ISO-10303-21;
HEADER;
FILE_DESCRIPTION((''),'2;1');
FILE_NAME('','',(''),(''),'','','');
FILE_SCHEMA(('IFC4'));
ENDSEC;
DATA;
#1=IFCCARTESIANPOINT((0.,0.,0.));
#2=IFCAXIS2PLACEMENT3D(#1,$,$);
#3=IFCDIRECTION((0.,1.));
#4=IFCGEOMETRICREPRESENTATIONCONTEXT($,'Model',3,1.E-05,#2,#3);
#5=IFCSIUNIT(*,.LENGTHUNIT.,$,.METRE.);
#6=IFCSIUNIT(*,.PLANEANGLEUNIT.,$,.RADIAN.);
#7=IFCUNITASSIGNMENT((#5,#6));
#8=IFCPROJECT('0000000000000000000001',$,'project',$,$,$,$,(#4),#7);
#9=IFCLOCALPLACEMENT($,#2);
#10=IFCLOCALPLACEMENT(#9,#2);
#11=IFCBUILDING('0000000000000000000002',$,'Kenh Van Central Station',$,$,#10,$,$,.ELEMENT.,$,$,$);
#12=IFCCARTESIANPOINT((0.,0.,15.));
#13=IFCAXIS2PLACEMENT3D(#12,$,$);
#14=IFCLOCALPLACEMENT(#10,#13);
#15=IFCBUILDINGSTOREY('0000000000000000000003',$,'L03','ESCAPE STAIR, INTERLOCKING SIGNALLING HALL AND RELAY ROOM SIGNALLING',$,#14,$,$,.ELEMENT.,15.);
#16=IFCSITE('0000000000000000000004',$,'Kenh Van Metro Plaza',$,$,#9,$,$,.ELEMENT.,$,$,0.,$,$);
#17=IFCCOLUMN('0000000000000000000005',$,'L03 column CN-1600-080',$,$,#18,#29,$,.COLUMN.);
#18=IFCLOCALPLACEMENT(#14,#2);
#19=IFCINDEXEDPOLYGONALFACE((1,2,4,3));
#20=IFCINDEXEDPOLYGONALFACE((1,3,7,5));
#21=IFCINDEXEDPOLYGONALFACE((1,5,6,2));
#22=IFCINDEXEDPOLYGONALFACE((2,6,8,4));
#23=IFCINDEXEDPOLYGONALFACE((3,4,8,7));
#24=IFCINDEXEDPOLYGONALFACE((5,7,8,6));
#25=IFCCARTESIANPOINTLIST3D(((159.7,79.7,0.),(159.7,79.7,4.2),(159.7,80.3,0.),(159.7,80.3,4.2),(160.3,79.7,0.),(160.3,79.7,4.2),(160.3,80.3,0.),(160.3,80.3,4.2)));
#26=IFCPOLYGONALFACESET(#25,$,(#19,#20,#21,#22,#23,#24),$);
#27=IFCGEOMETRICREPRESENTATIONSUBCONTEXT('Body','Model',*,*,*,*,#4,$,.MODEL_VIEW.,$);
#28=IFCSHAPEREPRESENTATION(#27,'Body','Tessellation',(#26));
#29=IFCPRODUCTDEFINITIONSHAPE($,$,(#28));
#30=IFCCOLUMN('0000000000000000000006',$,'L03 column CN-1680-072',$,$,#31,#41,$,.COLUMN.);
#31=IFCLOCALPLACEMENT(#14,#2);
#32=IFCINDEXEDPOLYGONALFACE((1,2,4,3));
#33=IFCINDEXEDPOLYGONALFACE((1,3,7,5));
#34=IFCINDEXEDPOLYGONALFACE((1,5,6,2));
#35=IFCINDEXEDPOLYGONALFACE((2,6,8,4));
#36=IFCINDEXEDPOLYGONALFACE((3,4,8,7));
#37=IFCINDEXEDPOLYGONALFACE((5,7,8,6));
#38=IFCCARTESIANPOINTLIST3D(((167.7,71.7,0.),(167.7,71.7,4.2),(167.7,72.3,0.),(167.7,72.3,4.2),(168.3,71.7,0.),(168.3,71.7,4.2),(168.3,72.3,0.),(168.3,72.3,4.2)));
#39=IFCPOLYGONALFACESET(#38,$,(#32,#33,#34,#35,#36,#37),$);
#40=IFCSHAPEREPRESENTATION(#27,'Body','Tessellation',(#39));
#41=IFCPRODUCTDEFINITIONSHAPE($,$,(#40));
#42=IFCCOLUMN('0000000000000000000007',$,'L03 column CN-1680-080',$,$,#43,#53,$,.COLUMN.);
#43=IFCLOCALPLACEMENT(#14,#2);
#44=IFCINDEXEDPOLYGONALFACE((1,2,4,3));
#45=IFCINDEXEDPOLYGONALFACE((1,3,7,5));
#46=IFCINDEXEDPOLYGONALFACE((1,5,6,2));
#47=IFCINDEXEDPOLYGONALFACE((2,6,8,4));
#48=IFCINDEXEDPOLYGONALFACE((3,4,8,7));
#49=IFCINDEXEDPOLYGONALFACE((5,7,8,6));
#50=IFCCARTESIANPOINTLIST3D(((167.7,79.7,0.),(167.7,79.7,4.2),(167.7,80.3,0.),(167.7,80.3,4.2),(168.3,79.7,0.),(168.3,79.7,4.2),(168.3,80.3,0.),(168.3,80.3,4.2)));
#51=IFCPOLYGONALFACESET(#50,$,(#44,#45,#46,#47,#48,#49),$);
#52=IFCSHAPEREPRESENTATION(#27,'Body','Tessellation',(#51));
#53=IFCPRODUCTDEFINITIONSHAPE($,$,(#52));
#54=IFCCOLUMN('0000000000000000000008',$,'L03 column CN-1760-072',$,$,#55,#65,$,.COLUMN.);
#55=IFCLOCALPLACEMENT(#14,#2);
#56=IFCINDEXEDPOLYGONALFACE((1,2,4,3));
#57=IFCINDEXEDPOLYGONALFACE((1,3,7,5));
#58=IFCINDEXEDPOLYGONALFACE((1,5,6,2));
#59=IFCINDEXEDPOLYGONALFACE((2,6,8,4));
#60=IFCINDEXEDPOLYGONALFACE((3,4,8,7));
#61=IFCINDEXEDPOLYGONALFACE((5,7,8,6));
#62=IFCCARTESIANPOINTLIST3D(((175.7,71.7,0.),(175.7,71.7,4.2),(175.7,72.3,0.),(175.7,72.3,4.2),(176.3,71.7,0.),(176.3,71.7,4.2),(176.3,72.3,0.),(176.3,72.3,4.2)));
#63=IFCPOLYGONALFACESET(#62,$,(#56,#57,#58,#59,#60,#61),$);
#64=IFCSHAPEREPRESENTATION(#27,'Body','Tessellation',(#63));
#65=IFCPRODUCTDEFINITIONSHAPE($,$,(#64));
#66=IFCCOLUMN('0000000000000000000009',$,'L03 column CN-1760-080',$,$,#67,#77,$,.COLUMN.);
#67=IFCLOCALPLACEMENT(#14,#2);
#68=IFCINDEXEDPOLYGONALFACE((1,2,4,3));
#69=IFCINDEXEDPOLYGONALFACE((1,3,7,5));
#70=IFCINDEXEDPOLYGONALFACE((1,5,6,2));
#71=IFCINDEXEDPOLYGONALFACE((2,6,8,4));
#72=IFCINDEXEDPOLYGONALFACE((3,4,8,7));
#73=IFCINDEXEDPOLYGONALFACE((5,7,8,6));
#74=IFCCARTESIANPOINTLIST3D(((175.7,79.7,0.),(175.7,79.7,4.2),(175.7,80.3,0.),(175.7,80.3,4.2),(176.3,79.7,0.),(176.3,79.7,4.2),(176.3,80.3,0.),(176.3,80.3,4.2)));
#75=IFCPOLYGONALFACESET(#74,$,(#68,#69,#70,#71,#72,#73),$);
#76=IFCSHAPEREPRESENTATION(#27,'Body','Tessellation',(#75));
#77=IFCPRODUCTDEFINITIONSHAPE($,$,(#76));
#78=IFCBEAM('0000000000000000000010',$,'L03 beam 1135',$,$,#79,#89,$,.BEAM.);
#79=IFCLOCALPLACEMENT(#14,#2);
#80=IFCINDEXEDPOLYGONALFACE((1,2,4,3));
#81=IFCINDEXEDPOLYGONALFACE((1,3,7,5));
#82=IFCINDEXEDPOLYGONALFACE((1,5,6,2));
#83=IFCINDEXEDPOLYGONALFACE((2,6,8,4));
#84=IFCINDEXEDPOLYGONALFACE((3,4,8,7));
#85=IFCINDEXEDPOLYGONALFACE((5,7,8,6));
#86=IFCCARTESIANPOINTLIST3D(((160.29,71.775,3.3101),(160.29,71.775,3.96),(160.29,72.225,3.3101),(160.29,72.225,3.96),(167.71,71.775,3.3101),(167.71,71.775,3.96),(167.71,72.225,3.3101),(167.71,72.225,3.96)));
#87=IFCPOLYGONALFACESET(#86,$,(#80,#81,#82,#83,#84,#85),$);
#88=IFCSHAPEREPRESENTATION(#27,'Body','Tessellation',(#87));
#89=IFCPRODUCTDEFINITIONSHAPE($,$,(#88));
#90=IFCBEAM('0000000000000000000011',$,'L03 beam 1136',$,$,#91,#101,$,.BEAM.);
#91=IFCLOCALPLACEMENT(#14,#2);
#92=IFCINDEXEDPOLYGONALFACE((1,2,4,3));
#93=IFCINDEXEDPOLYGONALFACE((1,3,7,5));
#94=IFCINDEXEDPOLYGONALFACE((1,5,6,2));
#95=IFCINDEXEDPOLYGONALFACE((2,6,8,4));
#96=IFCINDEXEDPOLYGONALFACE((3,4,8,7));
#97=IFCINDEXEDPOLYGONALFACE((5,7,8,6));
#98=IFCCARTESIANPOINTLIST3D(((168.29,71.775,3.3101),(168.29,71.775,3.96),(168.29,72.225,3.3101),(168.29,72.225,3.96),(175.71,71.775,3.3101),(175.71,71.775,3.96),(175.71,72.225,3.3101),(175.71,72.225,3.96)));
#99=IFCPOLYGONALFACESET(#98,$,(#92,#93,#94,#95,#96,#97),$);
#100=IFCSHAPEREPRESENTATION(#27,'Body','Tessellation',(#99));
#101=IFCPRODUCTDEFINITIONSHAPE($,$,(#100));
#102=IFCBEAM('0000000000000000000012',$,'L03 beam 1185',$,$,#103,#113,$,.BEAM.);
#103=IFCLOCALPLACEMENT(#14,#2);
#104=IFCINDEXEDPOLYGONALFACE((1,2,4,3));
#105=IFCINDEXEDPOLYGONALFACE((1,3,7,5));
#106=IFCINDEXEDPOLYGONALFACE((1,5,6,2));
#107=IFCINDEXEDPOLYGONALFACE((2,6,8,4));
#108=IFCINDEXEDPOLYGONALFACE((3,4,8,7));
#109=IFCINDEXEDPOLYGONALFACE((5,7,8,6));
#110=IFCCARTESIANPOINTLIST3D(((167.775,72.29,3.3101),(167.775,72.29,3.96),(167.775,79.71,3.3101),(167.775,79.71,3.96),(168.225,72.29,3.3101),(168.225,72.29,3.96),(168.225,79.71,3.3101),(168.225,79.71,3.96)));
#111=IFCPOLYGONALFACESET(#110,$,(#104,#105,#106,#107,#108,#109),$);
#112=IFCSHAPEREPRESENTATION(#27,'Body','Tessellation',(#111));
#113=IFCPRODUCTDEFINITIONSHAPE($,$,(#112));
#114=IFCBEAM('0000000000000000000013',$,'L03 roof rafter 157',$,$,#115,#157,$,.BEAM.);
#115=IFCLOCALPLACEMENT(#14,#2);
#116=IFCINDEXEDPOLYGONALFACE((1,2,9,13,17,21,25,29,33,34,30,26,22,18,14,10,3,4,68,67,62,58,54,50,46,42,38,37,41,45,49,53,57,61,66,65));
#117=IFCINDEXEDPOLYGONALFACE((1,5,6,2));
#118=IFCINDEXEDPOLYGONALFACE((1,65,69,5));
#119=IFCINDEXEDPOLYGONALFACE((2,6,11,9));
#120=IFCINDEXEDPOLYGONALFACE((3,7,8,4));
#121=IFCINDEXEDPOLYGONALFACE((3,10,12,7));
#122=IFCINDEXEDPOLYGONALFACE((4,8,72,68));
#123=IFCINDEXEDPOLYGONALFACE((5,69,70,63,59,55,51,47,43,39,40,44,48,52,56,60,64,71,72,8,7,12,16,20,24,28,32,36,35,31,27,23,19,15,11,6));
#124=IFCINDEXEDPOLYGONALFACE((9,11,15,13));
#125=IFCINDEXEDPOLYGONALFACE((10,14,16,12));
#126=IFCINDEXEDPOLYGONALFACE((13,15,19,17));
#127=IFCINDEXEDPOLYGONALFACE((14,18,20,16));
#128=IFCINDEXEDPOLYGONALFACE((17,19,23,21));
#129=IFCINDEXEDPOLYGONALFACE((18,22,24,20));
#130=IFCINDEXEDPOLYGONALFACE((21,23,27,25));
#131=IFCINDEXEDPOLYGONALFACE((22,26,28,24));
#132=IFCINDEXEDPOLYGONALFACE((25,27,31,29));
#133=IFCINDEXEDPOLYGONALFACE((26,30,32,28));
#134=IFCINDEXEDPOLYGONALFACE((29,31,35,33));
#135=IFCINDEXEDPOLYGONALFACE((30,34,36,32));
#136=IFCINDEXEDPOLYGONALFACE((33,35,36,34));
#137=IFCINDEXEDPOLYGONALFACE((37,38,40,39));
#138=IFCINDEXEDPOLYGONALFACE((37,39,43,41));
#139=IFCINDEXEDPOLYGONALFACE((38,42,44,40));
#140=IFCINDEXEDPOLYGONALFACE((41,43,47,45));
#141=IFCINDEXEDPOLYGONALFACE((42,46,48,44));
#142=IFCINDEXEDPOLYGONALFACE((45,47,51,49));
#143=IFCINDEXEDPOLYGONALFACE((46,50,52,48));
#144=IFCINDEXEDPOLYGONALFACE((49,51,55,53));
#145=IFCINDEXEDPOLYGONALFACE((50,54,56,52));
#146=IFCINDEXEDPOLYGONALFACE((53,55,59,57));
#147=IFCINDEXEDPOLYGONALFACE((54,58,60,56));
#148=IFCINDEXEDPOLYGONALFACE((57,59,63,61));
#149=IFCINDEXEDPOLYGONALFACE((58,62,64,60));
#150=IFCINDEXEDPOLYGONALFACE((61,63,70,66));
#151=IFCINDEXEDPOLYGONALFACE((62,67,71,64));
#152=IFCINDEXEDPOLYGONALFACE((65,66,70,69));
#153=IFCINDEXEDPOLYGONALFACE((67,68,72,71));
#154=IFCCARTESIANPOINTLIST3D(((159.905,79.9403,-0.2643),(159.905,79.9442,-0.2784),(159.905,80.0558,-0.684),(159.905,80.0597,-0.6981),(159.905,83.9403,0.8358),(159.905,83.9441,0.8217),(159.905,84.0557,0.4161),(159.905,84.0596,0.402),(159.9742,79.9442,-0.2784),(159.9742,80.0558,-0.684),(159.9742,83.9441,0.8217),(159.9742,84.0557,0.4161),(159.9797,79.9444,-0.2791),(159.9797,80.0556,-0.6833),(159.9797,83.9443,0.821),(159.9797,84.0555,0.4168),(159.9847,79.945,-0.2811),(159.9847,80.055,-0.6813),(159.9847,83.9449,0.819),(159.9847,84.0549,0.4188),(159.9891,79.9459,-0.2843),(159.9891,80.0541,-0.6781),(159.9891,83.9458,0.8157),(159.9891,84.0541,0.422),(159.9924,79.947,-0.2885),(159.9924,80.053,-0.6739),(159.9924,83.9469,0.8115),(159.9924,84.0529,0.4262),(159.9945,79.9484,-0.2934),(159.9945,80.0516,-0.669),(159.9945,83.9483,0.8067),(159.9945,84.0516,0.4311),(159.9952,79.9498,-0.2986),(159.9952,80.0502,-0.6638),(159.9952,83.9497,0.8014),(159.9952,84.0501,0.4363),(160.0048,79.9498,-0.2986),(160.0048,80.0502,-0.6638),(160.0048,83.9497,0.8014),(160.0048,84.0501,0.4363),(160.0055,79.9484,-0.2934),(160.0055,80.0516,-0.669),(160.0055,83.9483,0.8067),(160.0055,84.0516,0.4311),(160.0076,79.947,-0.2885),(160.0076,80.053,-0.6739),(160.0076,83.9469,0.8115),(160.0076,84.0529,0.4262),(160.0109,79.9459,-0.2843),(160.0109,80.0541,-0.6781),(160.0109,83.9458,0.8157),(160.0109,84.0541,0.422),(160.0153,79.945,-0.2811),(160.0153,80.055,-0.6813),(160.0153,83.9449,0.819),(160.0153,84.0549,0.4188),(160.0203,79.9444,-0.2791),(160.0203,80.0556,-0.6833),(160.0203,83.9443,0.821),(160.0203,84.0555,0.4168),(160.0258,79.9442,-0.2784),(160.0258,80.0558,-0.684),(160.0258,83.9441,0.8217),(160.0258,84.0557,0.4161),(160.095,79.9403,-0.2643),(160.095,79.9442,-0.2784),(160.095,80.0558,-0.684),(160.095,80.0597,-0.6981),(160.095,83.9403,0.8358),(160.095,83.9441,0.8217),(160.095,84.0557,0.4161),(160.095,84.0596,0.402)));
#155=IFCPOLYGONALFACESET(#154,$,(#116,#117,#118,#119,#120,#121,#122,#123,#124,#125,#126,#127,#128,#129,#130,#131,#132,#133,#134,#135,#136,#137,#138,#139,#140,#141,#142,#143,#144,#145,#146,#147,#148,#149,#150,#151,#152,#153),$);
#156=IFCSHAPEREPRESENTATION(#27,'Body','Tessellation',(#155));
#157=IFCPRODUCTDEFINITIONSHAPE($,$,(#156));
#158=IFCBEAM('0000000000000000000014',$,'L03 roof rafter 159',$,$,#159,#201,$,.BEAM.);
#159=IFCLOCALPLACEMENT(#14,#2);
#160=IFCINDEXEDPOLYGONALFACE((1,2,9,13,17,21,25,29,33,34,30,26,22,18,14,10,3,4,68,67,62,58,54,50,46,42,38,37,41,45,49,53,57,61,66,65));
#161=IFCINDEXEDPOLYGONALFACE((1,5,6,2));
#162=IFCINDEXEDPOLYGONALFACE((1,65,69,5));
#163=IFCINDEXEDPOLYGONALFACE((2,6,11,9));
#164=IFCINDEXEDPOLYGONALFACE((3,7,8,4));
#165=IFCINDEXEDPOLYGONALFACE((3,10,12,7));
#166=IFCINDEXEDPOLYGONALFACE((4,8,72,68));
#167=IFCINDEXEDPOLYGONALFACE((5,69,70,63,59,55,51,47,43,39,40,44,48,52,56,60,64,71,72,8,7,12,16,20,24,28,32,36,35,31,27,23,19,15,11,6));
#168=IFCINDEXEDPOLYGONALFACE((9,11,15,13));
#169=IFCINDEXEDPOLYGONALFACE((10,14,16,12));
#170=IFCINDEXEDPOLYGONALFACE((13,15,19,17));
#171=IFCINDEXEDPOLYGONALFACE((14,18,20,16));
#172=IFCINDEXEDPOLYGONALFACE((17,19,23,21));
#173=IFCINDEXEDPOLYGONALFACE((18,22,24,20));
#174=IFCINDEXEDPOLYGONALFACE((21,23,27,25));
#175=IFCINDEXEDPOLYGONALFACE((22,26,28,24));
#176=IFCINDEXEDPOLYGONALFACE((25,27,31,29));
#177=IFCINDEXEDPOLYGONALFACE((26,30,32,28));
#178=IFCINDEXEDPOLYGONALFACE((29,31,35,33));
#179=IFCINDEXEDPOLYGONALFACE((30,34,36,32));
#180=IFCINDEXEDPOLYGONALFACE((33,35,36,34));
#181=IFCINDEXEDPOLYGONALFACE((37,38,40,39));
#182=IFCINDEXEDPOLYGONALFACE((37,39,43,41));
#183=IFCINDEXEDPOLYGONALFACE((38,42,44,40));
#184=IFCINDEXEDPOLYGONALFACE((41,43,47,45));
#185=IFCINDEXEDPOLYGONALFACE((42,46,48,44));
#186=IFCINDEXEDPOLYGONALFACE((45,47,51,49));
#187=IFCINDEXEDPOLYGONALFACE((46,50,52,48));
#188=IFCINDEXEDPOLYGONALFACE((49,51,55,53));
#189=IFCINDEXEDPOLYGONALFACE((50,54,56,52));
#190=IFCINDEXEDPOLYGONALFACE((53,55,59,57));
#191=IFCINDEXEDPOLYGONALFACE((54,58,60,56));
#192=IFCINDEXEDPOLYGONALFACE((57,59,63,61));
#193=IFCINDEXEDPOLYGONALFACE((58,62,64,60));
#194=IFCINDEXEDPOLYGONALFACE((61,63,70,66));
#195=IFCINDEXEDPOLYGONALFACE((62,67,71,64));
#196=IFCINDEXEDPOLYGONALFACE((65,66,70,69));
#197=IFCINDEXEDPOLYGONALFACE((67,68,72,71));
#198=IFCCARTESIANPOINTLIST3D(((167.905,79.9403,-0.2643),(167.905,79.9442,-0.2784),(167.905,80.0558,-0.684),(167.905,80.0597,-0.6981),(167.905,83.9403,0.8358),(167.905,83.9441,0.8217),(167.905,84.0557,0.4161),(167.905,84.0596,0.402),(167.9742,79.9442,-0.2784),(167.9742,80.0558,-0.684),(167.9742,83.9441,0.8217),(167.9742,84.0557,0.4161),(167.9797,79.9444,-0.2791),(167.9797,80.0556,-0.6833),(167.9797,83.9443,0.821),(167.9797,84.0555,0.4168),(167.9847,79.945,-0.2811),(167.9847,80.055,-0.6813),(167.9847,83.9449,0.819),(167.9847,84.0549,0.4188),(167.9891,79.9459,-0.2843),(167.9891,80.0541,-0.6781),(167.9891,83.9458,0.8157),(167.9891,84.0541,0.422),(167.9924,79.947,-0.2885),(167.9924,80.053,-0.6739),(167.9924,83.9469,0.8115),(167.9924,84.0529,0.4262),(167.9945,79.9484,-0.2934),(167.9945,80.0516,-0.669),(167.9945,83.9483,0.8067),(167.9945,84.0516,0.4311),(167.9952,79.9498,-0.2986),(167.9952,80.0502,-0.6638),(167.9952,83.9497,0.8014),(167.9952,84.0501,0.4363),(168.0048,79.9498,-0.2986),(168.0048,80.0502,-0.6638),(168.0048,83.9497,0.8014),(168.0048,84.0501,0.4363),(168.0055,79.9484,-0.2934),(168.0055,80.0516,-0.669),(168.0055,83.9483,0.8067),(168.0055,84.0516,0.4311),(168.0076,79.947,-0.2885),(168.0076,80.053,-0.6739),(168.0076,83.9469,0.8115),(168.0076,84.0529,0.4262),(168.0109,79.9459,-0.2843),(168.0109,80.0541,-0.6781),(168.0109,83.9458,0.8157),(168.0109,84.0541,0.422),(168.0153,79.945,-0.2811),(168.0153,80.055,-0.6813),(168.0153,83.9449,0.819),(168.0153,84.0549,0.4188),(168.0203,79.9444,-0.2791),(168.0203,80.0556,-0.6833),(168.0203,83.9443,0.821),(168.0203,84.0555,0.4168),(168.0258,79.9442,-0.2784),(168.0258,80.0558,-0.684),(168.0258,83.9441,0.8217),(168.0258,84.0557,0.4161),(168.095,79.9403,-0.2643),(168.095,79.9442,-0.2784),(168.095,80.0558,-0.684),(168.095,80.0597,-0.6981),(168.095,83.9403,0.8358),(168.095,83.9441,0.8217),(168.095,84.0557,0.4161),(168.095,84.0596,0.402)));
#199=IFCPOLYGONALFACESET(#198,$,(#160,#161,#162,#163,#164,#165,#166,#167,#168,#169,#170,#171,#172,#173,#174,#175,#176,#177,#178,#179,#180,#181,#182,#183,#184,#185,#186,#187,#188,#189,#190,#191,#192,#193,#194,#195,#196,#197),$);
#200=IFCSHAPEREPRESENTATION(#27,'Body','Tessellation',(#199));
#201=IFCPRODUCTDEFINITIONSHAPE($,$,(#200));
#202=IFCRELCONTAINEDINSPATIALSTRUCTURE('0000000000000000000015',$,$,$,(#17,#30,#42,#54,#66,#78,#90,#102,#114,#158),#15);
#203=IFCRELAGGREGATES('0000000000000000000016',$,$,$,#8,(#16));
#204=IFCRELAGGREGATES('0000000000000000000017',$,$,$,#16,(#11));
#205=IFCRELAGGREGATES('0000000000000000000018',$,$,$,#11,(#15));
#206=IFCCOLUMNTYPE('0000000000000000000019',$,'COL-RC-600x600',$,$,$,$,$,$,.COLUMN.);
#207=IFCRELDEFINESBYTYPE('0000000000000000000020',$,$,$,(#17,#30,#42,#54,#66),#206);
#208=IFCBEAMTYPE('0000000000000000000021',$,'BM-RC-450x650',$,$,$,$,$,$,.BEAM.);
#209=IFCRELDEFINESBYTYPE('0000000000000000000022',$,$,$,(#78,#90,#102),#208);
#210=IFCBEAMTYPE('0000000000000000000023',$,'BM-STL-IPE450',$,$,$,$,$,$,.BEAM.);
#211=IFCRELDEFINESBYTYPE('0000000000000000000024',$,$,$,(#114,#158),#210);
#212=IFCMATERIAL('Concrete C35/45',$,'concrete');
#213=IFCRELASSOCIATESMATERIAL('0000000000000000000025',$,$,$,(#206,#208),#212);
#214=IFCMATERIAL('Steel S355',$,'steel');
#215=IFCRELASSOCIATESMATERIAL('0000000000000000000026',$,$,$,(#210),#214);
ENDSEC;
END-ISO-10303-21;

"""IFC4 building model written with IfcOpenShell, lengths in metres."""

from ifc_helpers import new_model, si_unit, direction, frame, origin, origin_2d, place, context, subcontext, project, spatial, rectangle, i_section, extrude, material, material_profile, profile_set, type_object, element, save


model = new_model("IFC4")

# Units and contexts
model_context = context("Model", 3, precision=1e-05, world=origin(), true_north=direction((0.0, 1.0)))
body_context = subcontext(model_context, "Body", "Model", "MODEL_VIEW")
ifc_project = project(units=[si_unit("LENGTHUNIT", "METRE"), si_unit("PLANEANGLEUNIT", "RADIAN")], contexts=[model_context])

# Site, building, storey
site_placement = place(None, origin())
site = spatial("IfcSite", under=ifc_project, at=site_placement, Name="Kenh Van Metro Plaza", CompositionType="ELEMENT", RefElevation=0.0)
building_placement = place(site_placement, origin())
building = spatial("IfcBuilding", under=site, at=building_placement, Name="Kenh Van Central Station", CompositionType="ELEMENT")
storey_placement = place(building_placement, frame((0.0, 0.0, 15.0)))
storey = spatial("IfcBuildingStorey", under=building, at=storey_placement, Name="L03", Description="ESCAPE STAIR, INTERLOCKING SIGNALLING HALL AND RELAY ROOM SIGNALLING", CompositionType="ELEMENT", Elevation=15.0)

# Columns
ifc_material_1 = material(Name="Concrete C35/45", Category="concrete")
ifc_material_profile_1 = material_profile(ifc_material_1, rectangle(XDim=0.6001, YDim=0.6001, at=origin_2d()), Name="RC 600x600")
ifc_profile_set_1 = profile_set([ifc_material_profile_1], Name="Concrete C35/45")
column_type = type_object("IfcColumnType", Name="COL-RC-600x600", PredefinedType="COLUMN", material=ifc_profile_set_1)
for number, where, z_axis, x_axis, name in (
    (1, (160.0, 80.0, 0.0), (0.0, 0.0, 1.0), (1.0, 0.0, 0.0), "L03 column CN-1600-080"),
    (2, (168.0, 72.0, 0.0), (0.0, 0.0, 1.0), (1.0, 0.0, 0.0), "L03 column CN-1680-072"),
    (3, (168.0, 80.0, 0.0), (0.0, 0.0, 1.0), (1.0, 0.0, 0.0), "L03 column CN-1680-080"),
    (4, (176.0, 72.0, 0.0), (0.0, 0.0, 1.0), (1.0, 0.0, 0.0), "L03 column CN-1760-072"),
    (5, (176.0, 80.0, 0.0), (0.0, 0.0, 1.0), (1.0, 0.0, 0.0), "L03 column CN-1760-080"),
):
    element("IfcColumn", number, at=place(storey_placement, frame(where, z_axis=z_axis, x_axis=x_axis)), inside=storey, type_object=column_type, Name=name, PredefinedType="COLUMN", context=body_context, shape_type="SweptSolid", body=[
        extrude(rectangle(XDim=0.6001, YDim=0.6001, at=origin_2d()), origin(), (0.0, 0.0, 1.0), 4.2),
    ])

# Beams
ifc_material_profile_2 = material_profile(ifc_material_1, rectangle(XDim=0.45, YDim=0.6499, at=origin_2d()), Name="RC 450x650")
ifc_profile_set_2 = profile_set([ifc_material_profile_2], Name="Concrete C35/45")
beam_type_1 = type_object("IfcBeamType", Name="BM-RC-450x650", PredefinedType="BEAM", material=ifc_profile_set_2)
for number, where, z_axis, x_axis, name in (
    (6, (160.29, 72.0, 3.635), (1.0, 0.0, 0.0), (0.0, 1.0, 0.0), "L03 beam 1135"),
    (7, (168.29, 72.0, 3.635), (1.0, 0.0, 0.0), (0.0, 1.0, 0.0), "L03 beam 1136"),
    (8, (168.0, 72.29, 3.635), (0.0, 1.0, 0.0), (-1.0, 0.0, 0.0), "L03 beam 1185"),
):
    element("IfcBeam", number, at=place(storey_placement, frame(where, z_axis=z_axis, x_axis=x_axis)), inside=storey, type_object=beam_type_1, Name=name, PredefinedType="BEAM", context=body_context, shape_type="SweptSolid", body=[
        extrude(rectangle(XDim=0.45, YDim=0.6499, at=origin_2d()), origin(), (0.0, 0.0, 1.0), 7.4199),
    ])
ifc_material_2 = material(Name="Steel S355", Category="steel")
ifc_material_profile_3 = material_profile(ifc_material_2, i_section(OverallWidth=0.1899, OverallDepth=0.45, WebThickness=0.0095, FlangeThickness=0.0146, FilletRadius=0.021, at=origin_2d()), Name="IPE 450")
ifc_profile_set_3 = profile_set([ifc_material_profile_3], Name="Steel S355")
beam_type_2 = type_object("IfcBeamType", Name="BM-STL-IPE450", PredefinedType="BEAM", material=ifc_profile_set_3)
for number, where, z_axis, x_axis, name in (
    (9, (160.0, 80.0, -0.4812), (0.0, 0.964199, 0.265178), (-1.0, 0.0, 0.0), "L03 roof rafter 157"),
    (10, (168.0, 80.0, -0.4812), (0.0, 0.964199, 0.265178), (-1.0, 0.0, 0.0), "L03 roof rafter 159"),
):
    element("IfcBeam", number, at=place(storey_placement, frame(where, z_axis=z_axis, x_axis=x_axis)), inside=storey, type_object=beam_type_2, Name=name, PredefinedType="BEAM", context=body_context, shape_type="SweptSolid", body=[
        extrude(i_section(OverallWidth=0.1899, OverallDepth=0.45, WebThickness=0.0095, FlangeThickness=0.0146, FilletRadius=0.021, at=origin_2d()), origin(), (0.0, 0.0, 1.0), 4.1484),
    ])

save(model, "model.ifc")
